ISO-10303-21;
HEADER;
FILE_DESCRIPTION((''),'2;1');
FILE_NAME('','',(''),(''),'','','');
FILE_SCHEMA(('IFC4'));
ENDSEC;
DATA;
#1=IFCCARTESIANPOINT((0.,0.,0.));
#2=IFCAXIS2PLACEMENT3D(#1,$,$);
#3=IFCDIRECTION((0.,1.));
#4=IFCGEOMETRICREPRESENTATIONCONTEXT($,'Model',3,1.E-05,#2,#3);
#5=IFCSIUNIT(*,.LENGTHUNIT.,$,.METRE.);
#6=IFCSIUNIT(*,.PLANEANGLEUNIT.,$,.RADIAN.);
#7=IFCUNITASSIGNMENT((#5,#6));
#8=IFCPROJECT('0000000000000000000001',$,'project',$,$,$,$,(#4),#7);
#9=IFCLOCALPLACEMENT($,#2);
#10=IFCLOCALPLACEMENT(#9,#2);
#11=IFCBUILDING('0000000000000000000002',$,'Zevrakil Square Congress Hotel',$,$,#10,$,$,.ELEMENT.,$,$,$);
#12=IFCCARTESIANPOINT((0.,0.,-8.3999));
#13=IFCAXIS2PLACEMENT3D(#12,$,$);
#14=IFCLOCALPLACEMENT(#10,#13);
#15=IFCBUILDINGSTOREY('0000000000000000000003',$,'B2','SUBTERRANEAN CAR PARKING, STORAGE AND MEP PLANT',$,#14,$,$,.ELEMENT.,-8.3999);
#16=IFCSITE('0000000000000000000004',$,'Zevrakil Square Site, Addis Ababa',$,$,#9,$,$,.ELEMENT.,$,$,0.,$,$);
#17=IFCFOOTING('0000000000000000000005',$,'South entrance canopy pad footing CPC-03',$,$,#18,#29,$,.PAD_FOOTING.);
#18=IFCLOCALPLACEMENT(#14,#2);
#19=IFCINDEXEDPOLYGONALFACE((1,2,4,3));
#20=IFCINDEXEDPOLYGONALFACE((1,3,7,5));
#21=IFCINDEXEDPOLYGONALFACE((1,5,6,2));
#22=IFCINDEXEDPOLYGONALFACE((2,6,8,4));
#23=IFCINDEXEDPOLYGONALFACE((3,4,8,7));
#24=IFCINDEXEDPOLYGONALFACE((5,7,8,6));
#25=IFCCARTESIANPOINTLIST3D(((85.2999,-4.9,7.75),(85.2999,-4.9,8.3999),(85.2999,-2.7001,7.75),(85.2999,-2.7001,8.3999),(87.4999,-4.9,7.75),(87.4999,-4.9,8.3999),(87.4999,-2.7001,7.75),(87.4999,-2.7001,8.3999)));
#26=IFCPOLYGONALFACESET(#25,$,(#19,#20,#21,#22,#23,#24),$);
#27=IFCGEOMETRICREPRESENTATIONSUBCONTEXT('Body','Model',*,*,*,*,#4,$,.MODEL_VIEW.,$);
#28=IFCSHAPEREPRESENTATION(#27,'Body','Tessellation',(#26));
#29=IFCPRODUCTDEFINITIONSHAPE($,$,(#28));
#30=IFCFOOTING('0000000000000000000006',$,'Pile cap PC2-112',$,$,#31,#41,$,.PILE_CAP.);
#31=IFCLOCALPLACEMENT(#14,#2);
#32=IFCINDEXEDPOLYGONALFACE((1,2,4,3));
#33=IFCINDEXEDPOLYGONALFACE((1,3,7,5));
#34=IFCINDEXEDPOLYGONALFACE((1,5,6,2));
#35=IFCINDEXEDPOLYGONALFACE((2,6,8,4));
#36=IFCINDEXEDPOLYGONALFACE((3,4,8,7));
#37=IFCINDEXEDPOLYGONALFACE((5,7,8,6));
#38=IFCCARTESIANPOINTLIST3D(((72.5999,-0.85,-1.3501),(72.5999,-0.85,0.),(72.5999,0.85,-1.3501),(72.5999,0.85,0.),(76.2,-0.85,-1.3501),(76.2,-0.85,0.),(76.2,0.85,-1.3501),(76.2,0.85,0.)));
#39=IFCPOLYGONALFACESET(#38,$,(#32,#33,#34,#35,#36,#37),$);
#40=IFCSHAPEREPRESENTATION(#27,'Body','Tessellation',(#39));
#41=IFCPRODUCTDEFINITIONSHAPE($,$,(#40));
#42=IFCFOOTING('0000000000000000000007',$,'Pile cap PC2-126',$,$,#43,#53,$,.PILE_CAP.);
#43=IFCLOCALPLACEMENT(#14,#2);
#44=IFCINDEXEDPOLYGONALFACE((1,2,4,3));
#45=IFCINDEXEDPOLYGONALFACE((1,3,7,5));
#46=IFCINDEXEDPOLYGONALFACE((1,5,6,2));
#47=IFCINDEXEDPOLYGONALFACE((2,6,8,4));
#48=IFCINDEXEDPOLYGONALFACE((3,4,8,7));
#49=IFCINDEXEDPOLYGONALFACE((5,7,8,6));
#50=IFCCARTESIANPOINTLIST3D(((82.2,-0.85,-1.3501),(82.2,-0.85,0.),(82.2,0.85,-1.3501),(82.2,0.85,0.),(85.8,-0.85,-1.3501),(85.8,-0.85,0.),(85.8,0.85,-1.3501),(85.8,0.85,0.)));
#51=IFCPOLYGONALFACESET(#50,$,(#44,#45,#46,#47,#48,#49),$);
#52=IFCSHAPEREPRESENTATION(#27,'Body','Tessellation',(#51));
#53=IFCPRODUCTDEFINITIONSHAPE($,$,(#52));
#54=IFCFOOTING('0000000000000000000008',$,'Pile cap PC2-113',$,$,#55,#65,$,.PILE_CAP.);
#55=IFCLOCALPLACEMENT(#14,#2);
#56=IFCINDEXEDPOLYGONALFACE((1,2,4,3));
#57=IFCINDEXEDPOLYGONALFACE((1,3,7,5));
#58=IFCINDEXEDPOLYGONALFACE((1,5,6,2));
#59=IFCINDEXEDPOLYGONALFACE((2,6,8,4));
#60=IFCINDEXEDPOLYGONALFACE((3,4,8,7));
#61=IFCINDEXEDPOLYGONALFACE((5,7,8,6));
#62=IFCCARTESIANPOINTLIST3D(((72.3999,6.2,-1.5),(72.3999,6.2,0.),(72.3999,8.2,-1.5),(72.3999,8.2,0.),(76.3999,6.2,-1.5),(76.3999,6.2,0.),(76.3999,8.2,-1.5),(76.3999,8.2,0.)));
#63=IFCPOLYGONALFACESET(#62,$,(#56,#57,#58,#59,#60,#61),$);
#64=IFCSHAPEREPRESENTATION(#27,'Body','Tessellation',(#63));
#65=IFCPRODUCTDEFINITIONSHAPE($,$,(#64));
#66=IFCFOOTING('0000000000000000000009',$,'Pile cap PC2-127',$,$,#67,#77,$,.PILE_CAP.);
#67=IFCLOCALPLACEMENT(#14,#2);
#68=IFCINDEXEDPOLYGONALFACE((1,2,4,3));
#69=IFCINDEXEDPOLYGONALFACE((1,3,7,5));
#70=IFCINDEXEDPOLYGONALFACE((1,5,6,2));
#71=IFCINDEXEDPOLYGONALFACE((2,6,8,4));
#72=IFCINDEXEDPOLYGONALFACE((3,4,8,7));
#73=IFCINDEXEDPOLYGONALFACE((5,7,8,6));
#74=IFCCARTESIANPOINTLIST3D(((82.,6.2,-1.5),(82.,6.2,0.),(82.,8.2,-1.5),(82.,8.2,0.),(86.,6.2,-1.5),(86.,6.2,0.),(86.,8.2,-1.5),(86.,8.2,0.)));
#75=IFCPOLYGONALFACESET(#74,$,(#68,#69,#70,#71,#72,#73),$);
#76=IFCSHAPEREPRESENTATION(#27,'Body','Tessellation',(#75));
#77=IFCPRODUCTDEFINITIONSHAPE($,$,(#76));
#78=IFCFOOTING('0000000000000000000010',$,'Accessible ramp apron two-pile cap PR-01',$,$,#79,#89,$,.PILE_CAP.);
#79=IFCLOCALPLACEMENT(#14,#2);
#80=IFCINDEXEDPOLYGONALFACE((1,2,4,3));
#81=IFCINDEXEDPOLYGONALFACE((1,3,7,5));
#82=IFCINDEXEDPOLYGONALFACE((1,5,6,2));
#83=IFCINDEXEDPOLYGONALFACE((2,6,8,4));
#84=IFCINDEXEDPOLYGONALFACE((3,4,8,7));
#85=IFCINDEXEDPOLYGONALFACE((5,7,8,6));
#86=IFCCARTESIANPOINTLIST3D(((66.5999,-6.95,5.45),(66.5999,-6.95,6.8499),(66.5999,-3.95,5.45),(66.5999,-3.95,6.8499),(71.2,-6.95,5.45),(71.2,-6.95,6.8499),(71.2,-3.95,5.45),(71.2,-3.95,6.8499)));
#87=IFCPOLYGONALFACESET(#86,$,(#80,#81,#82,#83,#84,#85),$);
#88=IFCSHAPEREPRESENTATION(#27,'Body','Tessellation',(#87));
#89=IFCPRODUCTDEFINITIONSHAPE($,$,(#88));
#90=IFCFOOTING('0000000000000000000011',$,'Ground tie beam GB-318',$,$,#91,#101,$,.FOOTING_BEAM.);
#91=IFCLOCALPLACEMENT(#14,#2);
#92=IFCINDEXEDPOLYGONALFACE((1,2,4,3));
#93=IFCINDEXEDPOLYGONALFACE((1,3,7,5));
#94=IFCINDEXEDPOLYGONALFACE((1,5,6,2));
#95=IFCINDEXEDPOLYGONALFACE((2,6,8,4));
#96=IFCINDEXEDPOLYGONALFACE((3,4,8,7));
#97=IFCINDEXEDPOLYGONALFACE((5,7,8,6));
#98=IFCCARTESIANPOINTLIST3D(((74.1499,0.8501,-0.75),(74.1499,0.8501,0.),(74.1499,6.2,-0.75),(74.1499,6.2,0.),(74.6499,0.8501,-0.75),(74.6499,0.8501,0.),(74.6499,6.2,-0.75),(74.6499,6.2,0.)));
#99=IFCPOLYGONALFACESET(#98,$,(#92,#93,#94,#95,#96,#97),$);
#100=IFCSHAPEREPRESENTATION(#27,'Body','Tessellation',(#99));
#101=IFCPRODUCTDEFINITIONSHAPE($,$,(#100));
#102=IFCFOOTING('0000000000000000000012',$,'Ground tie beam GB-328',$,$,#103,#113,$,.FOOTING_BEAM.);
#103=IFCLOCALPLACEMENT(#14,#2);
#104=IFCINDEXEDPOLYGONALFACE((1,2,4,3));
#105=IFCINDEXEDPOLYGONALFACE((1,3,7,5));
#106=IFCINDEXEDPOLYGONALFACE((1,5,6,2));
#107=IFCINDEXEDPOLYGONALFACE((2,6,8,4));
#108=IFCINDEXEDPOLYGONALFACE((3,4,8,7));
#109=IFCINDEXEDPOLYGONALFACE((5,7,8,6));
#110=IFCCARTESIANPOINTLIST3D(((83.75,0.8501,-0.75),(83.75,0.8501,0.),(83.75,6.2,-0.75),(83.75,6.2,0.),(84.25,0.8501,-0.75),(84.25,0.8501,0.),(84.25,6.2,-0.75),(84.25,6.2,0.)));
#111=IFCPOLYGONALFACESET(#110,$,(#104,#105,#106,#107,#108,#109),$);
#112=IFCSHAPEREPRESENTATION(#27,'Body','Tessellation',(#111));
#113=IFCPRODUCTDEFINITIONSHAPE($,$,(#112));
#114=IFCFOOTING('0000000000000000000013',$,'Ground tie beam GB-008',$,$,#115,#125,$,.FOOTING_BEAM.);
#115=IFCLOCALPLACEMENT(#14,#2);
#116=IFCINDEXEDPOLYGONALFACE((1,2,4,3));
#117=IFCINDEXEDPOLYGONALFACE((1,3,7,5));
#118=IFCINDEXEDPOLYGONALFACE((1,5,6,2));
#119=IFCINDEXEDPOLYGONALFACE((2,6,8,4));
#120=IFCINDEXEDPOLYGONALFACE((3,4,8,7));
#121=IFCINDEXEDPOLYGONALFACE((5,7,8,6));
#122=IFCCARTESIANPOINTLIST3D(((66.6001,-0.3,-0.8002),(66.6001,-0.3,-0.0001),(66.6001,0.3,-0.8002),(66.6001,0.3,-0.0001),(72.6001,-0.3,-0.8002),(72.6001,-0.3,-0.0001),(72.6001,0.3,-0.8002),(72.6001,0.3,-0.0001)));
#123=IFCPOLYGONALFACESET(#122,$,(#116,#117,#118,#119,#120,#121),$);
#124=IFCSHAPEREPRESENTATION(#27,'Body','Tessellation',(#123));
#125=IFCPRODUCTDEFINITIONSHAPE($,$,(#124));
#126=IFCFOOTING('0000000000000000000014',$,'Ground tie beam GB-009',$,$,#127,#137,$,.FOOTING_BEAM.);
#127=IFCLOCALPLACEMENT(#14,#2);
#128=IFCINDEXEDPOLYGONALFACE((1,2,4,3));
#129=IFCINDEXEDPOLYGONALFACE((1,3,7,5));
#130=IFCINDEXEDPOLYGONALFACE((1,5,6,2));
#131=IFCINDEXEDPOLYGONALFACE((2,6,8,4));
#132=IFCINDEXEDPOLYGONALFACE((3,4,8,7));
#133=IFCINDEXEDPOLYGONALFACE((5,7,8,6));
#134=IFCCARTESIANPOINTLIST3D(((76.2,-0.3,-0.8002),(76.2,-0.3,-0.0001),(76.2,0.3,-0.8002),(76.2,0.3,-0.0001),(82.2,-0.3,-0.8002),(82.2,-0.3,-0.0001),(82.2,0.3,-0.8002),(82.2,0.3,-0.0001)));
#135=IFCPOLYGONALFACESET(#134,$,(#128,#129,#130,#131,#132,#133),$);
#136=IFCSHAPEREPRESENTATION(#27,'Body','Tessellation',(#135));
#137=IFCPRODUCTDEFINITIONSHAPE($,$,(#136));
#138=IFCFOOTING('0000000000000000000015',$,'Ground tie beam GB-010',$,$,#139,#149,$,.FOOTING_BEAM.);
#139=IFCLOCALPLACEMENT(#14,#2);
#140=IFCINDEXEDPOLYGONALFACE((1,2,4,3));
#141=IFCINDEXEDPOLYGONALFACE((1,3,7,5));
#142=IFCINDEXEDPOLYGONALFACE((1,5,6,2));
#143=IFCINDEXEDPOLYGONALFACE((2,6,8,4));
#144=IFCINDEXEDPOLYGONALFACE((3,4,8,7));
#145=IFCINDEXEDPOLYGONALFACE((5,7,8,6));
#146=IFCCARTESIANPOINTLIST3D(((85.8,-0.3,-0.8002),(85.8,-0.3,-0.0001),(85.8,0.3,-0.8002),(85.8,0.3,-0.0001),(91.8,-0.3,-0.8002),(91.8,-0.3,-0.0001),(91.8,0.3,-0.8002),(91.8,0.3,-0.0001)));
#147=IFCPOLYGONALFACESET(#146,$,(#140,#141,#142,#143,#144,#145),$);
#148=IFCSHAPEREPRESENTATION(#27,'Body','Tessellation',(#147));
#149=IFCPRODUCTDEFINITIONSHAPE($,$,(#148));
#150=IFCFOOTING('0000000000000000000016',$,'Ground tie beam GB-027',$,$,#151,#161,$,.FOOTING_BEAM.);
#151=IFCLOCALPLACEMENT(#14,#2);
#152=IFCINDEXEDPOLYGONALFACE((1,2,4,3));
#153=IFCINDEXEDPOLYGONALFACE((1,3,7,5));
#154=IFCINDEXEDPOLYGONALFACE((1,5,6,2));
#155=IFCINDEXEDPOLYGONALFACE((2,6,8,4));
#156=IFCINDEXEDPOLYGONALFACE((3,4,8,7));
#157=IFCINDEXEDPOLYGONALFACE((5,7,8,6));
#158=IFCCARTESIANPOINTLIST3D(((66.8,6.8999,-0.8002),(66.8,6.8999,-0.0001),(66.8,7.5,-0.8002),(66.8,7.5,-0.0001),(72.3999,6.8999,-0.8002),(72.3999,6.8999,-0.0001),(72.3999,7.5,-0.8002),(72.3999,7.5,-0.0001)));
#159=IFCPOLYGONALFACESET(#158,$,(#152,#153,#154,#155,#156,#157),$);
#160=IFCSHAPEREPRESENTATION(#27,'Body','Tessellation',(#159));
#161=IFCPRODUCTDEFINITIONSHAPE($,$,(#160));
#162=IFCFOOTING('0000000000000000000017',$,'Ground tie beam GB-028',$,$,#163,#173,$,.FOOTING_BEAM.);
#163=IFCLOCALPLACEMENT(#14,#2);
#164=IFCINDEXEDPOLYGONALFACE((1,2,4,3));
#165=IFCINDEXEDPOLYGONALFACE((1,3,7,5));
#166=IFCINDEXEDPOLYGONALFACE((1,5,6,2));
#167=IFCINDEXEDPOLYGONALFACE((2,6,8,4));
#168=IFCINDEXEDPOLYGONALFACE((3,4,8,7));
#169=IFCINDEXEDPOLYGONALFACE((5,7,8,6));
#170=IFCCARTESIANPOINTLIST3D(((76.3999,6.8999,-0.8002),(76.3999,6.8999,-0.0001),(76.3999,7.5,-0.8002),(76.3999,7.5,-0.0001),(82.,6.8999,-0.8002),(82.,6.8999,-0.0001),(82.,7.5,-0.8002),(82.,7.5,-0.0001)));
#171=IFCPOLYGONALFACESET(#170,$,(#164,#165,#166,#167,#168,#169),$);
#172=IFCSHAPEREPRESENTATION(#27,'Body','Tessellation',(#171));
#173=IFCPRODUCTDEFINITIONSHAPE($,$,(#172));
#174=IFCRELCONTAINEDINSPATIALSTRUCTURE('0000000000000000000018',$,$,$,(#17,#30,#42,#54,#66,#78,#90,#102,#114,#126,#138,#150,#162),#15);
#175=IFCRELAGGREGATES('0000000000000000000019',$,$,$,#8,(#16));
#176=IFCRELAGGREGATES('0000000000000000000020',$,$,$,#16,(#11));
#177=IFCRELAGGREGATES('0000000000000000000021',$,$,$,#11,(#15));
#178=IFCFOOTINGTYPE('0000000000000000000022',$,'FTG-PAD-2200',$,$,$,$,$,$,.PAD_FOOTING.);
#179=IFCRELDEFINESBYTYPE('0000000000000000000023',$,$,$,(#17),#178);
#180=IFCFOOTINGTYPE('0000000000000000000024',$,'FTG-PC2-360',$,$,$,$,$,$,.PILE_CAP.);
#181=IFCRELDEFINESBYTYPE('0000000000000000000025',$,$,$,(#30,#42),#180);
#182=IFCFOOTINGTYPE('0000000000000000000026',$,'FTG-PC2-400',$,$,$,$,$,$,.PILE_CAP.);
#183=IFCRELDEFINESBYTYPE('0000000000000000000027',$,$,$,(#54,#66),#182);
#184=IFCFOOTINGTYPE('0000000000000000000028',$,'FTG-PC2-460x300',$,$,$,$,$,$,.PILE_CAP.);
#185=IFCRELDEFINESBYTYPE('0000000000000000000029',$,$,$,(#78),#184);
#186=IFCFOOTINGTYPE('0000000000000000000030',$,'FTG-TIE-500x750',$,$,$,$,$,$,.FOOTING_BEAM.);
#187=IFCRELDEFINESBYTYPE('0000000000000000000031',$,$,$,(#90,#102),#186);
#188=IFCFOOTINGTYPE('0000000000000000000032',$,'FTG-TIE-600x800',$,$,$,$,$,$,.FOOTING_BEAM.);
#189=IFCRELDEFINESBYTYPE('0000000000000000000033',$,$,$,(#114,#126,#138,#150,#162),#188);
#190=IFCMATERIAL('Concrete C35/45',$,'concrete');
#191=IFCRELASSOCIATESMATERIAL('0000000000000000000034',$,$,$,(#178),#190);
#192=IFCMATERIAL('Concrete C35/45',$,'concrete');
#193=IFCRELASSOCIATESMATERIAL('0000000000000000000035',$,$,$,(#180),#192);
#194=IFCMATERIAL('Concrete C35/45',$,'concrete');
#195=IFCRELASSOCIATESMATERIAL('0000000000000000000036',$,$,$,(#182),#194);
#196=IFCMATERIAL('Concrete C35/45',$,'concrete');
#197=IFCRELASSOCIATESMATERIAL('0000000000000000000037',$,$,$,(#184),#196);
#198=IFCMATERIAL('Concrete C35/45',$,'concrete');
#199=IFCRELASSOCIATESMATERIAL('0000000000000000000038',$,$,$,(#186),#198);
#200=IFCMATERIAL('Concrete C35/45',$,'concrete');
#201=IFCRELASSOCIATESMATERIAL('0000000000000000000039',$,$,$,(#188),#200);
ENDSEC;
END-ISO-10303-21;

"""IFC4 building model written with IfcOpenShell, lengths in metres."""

from ifc_helpers import new_model, si_unit, direction, frame, origin, origin_2d, place, context, subcontext, project, spatial, rectangle, extrude, material, material_profile, profile_set, type_object, element, save


model = new_model("IFC4")

# Units and contexts
model_context = context("Model", 3, precision=1e-05, world=origin(), true_north=direction((0.0, 1.0)))
body_context = subcontext(model_context, "Body", "Model", "MODEL_VIEW")
ifc_project = project(units=[si_unit("LENGTHUNIT", "METRE"), si_unit("PLANEANGLEUNIT", "RADIAN")], contexts=[model_context])

# Site, building, storey
site_placement = place(None, origin())
site = spatial("IfcSite", under=ifc_project, at=site_placement, Name="Zevrakil Square Site, Addis Ababa", CompositionType="ELEMENT", RefElevation=0.0)
building_placement = place(site_placement, origin())
building = spatial("IfcBuilding", under=site, at=building_placement, Name="Zevrakil Square Congress Hotel", CompositionType="ELEMENT")
storey_placement = place(building_placement, frame((0.0, 0.0, -8.3999)))
storey = spatial("IfcBuildingStorey", under=building, at=storey_placement, Name="B2", Description="SUBTERRANEAN CAR PARKING, STORAGE AND MEP PLANT", CompositionType="ELEMENT", Elevation=-8.3999)

# Footings
ifc_material_1 = material(Name="Concrete C35/45", Category="concrete")
footing_type_1 = type_object("IfcFootingType", Name="FTG-PAD-2200", PredefinedType="PAD_FOOTING", material=ifc_material_1)
footing_1_placement = place(storey_placement, frame((86.3999, -3.8, 7.75), z_axis=(0.0, 0.0, 1.0), x_axis=(1.0, 0.0, 0.0)))
element("IfcFooting", 1, at=footing_1_placement, inside=storey, type_object=footing_type_1, Name="South entrance canopy pad footing CPC-03", PredefinedType="PAD_FOOTING", context=body_context, shape_type="SweptSolid", body=[
    extrude(rectangle(XDim=2.2, YDim=2.2, at=origin_2d()), origin(), (0.0, 0.0, 1.0), 0.6499),
])
ifc_material_2 = material(Name="Concrete C35/45", Category="concrete")
footing_type_2 = type_object("IfcFootingType", Name="FTG-PC2-360", PredefinedType="PILE_CAP", material=ifc_material_2)
for number, where, z_axis, x_axis, name in (
    (2, (74.3999, 0.0, -1.3501), (0.0, 0.0, 1.0), (1.0, 0.0, 0.0), "Pile cap PC2-112"),
    (3, (84.0, 0.0, -1.3501), (0.0, 0.0, 1.0), (1.0, 0.0, 0.0), "Pile cap PC2-126"),
):
    element("IfcFooting", number, at=place(storey_placement, frame(where, z_axis=z_axis, x_axis=x_axis)), inside=storey, type_object=footing_type_2, Name=name, PredefinedType="PILE_CAP", context=body_context, shape_type="SweptSolid", body=[
        extrude(rectangle(XDim=3.6001, YDim=1.7, at=origin_2d()), origin(), (0.0, 0.0, 1.0), 1.3501),
    ])
ifc_material_3 = material(Name="Concrete C35/45", Category="concrete")
footing_type_3 = type_object("IfcFootingType", Name="FTG-PC2-400", PredefinedType="PILE_CAP", material=ifc_material_3)
for number, where, z_axis, x_axis, name in (
    (4, (74.3999, 7.2, -1.5), (0.0, 0.0, 1.0), (1.0, 0.0, 0.0), "Pile cap PC2-113"),
    (5, (84.0, 7.2, -1.5), (0.0, 0.0, 1.0), (1.0, 0.0, 0.0), "Pile cap PC2-127"),
):
    element("IfcFooting", number, at=place(storey_placement, frame(where, z_axis=z_axis, x_axis=x_axis)), inside=storey, type_object=footing_type_3, Name=name, PredefinedType="PILE_CAP", context=body_context, shape_type="SweptSolid", body=[
        extrude(rectangle(XDim=4.0, YDim=2.0, at=origin_2d()), origin(), (0.0, 0.0, 1.0), 1.5),
    ])
ifc_material_4 = material(Name="Concrete C35/45", Category="concrete")
footing_type_4 = type_object("IfcFootingType", Name="FTG-PC2-460x300", PredefinedType="PILE_CAP", material=ifc_material_4)
footing_2_placement = place(storey_placement, frame((68.8999, -5.45, 5.45), z_axis=(0.0, 0.0, 1.0), x_axis=(1.0, 0.0, 0.0)))
element("IfcFooting", 6, at=footing_2_placement, inside=storey, type_object=footing_type_4, Name="Accessible ramp apron two-pile cap PR-01", PredefinedType="PILE_CAP", context=body_context, shape_type="SweptSolid", body=[
    extrude(rectangle(XDim=4.6001, YDim=3.0, at=origin_2d()), origin(), (0.0, 0.0, 1.0), 1.3999),
])
ifc_material_5 = material(Name="Concrete C35/45", Category="concrete")
ifc_material_profile_1 = material_profile(ifc_material_5, rectangle(XDim=0.5, YDim=0.75, at=origin_2d()), Name="RC 500x750")
ifc_profile_set_1 = profile_set([ifc_material_profile_1], Name="Concrete C35/45")
footing_type_5 = type_object("IfcFootingType", Name="FTG-TIE-500x750", PredefinedType="FOOTING_BEAM", material=ifc_profile_set_1)
for number, where, z_axis, x_axis, name in (
    (7, (74.3999, 0.8501, -0.375), (0.0, 1.0, 0.0), (-1.0, 0.0, 0.0), "Ground tie beam GB-318"),
    (8, (84.0, 0.8501, -0.375), (0.0, 1.0, 0.0), (-1.0, 0.0, 0.0), "Ground tie beam GB-328"),
):
    element("IfcFooting", number, at=place(storey_placement, frame(where, z_axis=z_axis, x_axis=x_axis)), inside=storey, type_object=footing_type_5, Name=name, PredefinedType="FOOTING_BEAM", context=body_context, shape_type="SweptSolid", body=[
        extrude(rectangle(XDim=0.5, YDim=0.75, at=origin_2d()), origin(), (0.0, 0.0, 1.0), 5.3499),
    ])
ifc_material_6 = material(Name="Concrete C35/45", Category="concrete")
ifc_material_profile_2 = material_profile(ifc_material_6, rectangle(XDim=0.6001, YDim=0.8, at=origin_2d()), Name="RC 600x800")
ifc_profile_set_2 = profile_set([ifc_material_profile_2], Name="Concrete C35/45")
footing_type_6 = type_object("IfcFootingType", Name="FTG-TIE-600x800", PredefinedType="FOOTING_BEAM", material=ifc_profile_set_2)
for number, where, z_axis, x_axis, name in (
    (9, (66.6001, 0.0, -0.4001), (1.0, 0.0, 0.0), (0.0, 1.0, 0.0), "Ground tie beam GB-008"),
    (10, (76.2, 0.0, -0.4001), (1.0, 0.0, 0.0), (0.0, 1.0, 0.0), "Ground tie beam GB-009"),
    (11, (85.8, 0.0, -0.4001), (1.0, 0.0, 0.0), (0.0, 1.0, 0.0), "Ground tie beam GB-010"),
):
    element("IfcFooting", number, at=place(storey_placement, frame(where, z_axis=z_axis, x_axis=x_axis)), inside=storey, type_object=footing_type_6, Name=name, PredefinedType="FOOTING_BEAM", context=body_context, shape_type="SweptSolid", body=[
        extrude(rectangle(XDim=0.6001, YDim=0.8, at=origin_2d()), origin(), (0.0, 0.0, 1.0), 6.0),
    ])
footing_3_placement = place(storey_placement, frame((66.8, 7.2, -0.4001), z_axis=(1.0, 0.0, 0.0), x_axis=(0.0, 1.0, 0.0)))
element("IfcFooting", 12, at=footing_3_placement, inside=storey, type_object=footing_type_6, Name="Ground tie beam GB-027", PredefinedType="FOOTING_BEAM", context=body_context, shape_type="SweptSolid", body=[
    extrude(rectangle(XDim=0.6001, YDim=0.8, at=origin_2d()), origin(), (0.0, 0.0, 1.0), 5.5999),
])
footing_4_placement = place(storey_placement, frame((76.3999, 7.2, -0.4001), z_axis=(1.0, 0.0, 0.0), x_axis=(0.0, 1.0, 0.0)))
element("IfcFooting", 13, at=footing_4_placement, inside=storey, type_object=footing_type_6, Name="Ground tie beam GB-028", PredefinedType="FOOTING_BEAM", context=body_context, shape_type="SweptSolid", body=[
    extrude(rectangle(XDim=0.6001, YDim=0.8, at=origin_2d()), origin(), (0.0, 0.0, 1.0), 5.6001),
])

save(model, "model.ifc")
